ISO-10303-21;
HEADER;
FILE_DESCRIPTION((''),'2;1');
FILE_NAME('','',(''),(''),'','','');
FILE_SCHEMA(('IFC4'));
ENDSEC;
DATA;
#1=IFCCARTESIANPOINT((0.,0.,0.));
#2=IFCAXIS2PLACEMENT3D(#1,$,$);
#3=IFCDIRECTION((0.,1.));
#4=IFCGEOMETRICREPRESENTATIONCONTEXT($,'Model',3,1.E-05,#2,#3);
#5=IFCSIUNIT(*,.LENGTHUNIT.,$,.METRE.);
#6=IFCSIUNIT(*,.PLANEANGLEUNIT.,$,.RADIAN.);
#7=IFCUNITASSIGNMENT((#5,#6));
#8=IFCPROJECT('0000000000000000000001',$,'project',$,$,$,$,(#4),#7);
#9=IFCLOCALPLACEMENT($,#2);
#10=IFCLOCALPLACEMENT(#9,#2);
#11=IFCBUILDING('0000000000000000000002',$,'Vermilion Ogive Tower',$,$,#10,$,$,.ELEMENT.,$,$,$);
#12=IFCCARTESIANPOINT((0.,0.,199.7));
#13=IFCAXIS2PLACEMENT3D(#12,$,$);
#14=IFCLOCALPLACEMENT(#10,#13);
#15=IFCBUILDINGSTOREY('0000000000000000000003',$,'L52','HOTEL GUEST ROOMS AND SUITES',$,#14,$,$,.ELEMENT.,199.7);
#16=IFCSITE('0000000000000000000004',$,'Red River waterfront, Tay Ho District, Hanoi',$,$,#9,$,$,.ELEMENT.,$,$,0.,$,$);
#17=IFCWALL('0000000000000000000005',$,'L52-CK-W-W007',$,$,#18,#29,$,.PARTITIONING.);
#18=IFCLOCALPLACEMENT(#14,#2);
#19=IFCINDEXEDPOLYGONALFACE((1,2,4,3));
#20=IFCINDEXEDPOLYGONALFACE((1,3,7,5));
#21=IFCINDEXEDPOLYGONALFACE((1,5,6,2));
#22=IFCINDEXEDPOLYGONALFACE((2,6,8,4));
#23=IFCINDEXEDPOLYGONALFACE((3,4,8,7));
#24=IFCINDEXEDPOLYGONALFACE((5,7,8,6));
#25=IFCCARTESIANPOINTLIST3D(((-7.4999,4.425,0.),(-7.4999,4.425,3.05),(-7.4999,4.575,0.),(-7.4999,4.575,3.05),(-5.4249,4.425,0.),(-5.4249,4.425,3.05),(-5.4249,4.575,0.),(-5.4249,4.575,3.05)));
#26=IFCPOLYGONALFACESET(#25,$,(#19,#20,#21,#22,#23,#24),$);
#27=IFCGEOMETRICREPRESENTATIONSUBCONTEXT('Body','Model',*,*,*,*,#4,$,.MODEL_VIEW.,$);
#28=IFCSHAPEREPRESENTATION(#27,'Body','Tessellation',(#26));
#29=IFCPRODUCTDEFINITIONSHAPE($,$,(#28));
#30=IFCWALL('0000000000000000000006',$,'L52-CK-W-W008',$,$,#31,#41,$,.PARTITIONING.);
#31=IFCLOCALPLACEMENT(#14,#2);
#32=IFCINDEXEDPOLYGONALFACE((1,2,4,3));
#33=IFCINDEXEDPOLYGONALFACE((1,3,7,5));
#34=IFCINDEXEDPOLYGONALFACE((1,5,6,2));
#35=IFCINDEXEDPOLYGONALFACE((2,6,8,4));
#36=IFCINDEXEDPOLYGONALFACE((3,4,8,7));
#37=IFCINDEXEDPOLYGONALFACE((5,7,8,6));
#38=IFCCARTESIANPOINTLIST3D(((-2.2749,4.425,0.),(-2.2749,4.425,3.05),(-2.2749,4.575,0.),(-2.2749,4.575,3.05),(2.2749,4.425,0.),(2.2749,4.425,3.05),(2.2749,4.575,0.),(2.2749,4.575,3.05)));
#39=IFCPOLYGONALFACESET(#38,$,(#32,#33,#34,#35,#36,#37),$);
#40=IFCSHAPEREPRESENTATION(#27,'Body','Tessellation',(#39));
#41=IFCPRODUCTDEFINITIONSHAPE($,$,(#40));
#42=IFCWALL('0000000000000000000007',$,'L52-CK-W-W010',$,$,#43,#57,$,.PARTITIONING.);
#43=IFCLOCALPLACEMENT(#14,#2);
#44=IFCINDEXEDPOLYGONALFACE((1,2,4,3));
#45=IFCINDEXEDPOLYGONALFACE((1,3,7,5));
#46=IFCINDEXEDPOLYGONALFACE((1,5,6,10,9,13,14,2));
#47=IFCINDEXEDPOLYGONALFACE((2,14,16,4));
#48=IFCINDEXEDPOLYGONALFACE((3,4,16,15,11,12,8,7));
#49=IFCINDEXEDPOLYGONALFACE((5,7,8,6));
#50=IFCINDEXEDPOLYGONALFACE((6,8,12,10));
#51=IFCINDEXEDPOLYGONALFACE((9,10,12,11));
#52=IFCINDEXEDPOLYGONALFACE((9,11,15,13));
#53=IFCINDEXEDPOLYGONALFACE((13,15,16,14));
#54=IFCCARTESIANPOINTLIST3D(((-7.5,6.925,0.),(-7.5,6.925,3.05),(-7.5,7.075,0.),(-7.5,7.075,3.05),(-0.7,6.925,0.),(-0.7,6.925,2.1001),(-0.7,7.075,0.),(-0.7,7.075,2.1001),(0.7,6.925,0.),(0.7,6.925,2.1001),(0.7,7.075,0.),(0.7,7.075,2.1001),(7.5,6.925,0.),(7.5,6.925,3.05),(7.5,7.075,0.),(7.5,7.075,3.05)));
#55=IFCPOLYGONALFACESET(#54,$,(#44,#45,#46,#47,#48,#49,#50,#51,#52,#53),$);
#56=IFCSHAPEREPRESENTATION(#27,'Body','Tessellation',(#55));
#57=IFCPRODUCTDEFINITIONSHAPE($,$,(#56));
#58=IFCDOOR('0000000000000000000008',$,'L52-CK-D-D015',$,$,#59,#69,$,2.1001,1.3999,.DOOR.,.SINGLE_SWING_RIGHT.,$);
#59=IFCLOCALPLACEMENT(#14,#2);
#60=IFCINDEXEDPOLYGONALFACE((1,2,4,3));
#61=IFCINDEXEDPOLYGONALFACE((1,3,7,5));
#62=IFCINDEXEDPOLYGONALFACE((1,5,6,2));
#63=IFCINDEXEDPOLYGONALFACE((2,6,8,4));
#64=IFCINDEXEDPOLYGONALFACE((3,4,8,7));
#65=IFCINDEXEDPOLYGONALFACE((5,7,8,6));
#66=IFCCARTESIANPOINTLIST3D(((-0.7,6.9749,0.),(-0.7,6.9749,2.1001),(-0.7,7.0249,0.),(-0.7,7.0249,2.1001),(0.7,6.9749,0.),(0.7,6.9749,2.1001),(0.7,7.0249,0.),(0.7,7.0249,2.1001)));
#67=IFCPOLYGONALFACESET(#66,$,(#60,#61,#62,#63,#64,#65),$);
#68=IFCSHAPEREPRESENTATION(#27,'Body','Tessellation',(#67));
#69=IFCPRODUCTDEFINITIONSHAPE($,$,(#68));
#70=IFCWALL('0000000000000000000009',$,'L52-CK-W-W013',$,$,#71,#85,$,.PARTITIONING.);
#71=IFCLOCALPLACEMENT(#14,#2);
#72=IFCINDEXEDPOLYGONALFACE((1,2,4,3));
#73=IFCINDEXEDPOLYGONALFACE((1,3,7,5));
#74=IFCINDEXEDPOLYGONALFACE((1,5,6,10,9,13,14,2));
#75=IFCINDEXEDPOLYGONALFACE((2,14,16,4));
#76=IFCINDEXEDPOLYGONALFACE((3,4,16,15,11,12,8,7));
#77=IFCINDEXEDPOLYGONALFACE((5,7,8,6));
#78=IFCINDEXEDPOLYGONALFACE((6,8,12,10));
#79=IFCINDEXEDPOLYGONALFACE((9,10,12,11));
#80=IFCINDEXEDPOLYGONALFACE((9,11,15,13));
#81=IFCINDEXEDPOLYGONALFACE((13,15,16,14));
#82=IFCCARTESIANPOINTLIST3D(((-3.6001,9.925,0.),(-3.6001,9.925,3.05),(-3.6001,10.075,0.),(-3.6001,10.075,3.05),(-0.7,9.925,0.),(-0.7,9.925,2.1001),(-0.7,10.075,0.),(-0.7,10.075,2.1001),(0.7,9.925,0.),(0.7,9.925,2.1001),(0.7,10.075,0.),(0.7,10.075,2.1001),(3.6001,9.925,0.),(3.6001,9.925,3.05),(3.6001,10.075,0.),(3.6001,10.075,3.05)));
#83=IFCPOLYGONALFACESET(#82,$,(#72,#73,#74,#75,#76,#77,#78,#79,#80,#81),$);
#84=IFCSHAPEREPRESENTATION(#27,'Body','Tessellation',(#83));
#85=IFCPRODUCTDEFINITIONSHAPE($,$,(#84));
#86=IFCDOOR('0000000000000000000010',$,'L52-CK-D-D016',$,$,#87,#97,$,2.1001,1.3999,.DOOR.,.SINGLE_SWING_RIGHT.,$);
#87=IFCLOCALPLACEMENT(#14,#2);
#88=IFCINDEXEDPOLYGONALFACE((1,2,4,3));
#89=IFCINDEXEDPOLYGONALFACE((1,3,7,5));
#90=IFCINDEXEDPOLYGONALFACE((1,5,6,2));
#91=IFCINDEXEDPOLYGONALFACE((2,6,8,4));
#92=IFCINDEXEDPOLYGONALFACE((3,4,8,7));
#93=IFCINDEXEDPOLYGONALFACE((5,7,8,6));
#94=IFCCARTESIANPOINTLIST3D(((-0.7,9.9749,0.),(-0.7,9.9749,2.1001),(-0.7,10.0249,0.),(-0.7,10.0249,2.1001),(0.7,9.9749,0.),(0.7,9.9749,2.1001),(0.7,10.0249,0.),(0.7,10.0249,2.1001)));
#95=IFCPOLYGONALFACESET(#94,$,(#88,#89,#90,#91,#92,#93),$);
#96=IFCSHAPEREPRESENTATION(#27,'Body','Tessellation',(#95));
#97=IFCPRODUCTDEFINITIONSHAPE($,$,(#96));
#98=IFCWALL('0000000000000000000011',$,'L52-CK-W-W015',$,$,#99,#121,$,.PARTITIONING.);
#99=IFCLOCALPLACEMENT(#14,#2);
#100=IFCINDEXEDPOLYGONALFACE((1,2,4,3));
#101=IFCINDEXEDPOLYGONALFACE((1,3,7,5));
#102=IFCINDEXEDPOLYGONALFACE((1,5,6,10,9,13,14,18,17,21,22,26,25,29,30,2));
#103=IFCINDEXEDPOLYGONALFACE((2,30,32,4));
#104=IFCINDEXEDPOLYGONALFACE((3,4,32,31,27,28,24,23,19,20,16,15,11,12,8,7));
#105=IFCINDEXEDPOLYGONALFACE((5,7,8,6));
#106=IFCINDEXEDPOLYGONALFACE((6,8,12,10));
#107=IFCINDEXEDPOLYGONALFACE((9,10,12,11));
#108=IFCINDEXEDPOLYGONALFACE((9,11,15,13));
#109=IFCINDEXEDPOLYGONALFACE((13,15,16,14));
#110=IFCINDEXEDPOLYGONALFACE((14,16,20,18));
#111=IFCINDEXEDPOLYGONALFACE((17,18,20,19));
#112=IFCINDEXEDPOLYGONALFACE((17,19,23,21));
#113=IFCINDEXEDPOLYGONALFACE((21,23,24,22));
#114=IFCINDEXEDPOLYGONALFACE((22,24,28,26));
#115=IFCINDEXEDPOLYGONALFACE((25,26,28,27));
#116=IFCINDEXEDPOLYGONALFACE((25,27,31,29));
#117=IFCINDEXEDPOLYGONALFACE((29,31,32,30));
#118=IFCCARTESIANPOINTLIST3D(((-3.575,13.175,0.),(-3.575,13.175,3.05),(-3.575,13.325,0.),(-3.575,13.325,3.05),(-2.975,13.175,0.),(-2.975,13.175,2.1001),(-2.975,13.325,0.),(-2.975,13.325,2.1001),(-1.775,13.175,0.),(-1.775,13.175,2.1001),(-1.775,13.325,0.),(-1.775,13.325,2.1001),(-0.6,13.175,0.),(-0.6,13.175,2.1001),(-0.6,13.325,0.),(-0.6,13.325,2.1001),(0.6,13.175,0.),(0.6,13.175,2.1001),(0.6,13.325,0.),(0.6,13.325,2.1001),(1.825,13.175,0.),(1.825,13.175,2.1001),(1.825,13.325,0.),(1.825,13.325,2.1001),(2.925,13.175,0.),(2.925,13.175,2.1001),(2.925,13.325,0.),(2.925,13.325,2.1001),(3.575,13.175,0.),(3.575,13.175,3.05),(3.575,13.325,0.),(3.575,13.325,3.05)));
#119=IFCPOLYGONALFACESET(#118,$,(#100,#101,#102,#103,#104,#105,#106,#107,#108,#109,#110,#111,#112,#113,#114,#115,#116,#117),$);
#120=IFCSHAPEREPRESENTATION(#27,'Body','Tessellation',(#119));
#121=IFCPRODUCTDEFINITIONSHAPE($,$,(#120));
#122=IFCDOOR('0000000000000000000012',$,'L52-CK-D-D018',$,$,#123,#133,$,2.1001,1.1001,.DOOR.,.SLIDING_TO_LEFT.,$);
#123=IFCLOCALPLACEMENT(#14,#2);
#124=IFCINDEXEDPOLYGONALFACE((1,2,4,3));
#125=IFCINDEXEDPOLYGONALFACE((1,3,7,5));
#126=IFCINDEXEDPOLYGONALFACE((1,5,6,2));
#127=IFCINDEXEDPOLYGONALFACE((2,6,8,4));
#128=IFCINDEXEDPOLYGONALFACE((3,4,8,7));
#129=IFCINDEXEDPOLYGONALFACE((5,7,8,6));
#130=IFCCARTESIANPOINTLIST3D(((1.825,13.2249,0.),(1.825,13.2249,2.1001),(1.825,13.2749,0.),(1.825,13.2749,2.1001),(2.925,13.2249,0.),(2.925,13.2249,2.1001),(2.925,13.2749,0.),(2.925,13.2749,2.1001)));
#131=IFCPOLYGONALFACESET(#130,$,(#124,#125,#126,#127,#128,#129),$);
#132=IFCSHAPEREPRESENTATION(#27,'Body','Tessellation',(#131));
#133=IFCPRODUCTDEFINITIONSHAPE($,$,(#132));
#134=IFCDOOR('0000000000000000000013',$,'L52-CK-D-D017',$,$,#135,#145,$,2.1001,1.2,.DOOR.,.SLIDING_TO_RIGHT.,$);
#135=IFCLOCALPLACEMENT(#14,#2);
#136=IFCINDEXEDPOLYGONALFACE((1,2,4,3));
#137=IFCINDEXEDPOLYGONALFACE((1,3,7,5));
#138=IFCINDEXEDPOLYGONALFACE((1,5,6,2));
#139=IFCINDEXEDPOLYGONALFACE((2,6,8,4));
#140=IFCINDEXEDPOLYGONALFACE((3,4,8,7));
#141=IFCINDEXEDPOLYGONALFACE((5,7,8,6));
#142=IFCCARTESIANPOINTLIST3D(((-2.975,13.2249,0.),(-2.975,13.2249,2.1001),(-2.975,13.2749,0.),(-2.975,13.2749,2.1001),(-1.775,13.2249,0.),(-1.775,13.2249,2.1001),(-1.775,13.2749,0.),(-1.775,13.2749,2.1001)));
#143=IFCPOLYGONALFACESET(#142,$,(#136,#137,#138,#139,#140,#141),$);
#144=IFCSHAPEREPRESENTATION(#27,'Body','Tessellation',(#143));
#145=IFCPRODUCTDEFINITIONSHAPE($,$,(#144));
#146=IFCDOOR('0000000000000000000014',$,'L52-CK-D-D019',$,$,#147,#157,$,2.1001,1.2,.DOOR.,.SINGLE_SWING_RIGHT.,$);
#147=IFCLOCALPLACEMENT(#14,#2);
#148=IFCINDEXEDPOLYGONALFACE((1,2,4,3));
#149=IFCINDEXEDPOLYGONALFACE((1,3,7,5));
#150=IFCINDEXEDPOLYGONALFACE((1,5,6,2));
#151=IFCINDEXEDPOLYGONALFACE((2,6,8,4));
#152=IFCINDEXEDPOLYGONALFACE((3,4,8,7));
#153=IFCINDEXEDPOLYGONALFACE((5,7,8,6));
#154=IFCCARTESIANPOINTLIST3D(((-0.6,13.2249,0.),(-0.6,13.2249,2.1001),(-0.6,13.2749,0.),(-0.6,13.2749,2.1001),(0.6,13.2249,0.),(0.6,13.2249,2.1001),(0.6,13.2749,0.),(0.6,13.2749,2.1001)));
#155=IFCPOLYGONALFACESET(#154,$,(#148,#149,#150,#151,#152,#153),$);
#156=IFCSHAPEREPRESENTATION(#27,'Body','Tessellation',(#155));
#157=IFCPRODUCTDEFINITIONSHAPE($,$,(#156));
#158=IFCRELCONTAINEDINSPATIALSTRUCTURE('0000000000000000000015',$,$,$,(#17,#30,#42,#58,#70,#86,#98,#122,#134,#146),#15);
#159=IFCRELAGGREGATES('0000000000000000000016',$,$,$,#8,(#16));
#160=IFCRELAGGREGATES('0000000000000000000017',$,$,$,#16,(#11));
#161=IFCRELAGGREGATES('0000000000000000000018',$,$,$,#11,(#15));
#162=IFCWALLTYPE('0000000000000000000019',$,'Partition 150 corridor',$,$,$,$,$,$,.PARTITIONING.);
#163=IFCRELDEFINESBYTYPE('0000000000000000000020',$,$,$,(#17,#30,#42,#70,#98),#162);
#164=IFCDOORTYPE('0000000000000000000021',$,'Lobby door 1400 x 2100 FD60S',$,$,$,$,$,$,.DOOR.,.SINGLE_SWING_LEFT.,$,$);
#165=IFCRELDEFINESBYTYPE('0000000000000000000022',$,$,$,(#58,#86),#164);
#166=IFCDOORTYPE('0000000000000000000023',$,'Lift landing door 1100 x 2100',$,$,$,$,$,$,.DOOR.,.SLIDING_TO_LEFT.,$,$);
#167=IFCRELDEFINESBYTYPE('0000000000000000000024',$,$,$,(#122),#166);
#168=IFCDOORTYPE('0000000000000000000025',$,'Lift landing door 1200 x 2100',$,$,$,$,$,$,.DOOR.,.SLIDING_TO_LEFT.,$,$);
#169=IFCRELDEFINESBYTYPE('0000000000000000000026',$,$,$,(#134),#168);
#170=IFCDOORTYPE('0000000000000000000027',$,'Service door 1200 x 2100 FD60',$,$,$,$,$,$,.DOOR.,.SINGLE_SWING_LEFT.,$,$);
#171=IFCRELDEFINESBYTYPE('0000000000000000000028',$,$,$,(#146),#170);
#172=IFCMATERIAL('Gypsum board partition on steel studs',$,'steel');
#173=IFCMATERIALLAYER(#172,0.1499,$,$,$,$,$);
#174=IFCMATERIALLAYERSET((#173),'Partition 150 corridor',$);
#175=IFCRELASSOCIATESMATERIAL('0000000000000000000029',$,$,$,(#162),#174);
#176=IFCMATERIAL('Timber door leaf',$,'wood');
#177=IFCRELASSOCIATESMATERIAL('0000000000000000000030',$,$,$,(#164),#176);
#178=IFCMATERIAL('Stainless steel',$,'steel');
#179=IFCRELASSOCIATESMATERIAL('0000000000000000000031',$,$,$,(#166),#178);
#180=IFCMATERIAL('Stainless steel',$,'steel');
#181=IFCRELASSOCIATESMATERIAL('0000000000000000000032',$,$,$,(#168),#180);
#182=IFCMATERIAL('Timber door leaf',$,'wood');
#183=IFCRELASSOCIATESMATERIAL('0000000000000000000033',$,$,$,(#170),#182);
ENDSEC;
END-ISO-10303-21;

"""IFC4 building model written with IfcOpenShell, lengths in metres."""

from ifc_helpers import new_model, si_unit, direction, frame, frame_2d, origin, place, context, subcontext, project, spatial, rectangle, extrude, material, layer, layer_set, type_object, element, fill, save


model = new_model("IFC4")

# Units and contexts
model_context = context("Model", 3, precision=1e-05, world=origin(), true_north=direction((0.0, 1.0)))
body_context = subcontext(model_context, "Body", "Model", "MODEL_VIEW")
ifc_project = project(units=[si_unit("LENGTHUNIT", "METRE"), si_unit("PLANEANGLEUNIT", "RADIAN")], contexts=[model_context])

# Site, building, storey
site_placement = place(None, origin())
site = spatial("IfcSite", under=ifc_project, at=site_placement, Name="Red River waterfront, Tay Ho District, Hanoi", CompositionType="ELEMENT", RefElevation=0.0)
building_placement = place(site_placement, origin())
building = spatial("IfcBuilding", under=site, at=building_placement, Name="Vermilion Ogive Tower", CompositionType="ELEMENT")
storey_placement = place(building_placement, frame((0.0, 0.0, 199.7)))
storey = spatial("IfcBuildingStorey", under=building, at=storey_placement, Name="L52", Description="HOTEL GUEST ROOMS AND SUITES", CompositionType="ELEMENT", Elevation=199.7)

# Walls
ifc_material_1 = material(Name="Gypsum board partition on steel studs", Category="steel")
ifc_layer_1 = layer(ifc_material_1, 0.1499)
ifc_layer_set_1 = layer_set([ifc_layer_1], Name="Partition 150 corridor")
wall_type_1 = type_object("IfcWallType", Name="Partition 150 corridor", PredefinedType="PARTITIONING", material=ifc_layer_set_1)
wall_1_placement = place(storey_placement, frame((-7.5, 4.5, 0.0), z_axis=(0.0, 0.0, 1.0), x_axis=(1.0, 0.0, 0.0)))
element("IfcWall", 1, at=wall_1_placement, inside=storey, type_object=wall_type_1, Name="L52-CK-W-W007", PredefinedType="PARTITIONING", context=body_context, shape_type="SweptSolid", body=[
    extrude(rectangle(XDim=2.075, YDim=0.1499, at=frame_2d((1.0376, 0.0))), origin(), (0.0, 0.0, 1.0), 3.05),
])
wall_2_placement = place(storey_placement, frame((-2.2749, 4.5, 0.0), z_axis=(0.0, 0.0, 1.0), x_axis=(1.0, 0.0, 0.0)))
element("IfcWall", 2, at=wall_2_placement, inside=storey, type_object=wall_type_1, Name="L52-CK-W-W008", PredefinedType="PARTITIONING", context=body_context, shape_type="SweptSolid", body=[
    extrude(rectangle(XDim=4.5498, YDim=0.1499, at=frame_2d((2.2749, 0.0))), origin(), (0.0, 0.0, 1.0), 3.05),
])

# Walls, openings, doors
wall_3_placement = place(storey_placement, frame((-7.5, 7.0, 0.0), z_axis=(0.0, 0.0, 1.0), x_axis=(1.0, 0.0, 0.0)))
wall_3 = element("IfcWall", 3, at=wall_3_placement, inside=storey, type_object=wall_type_1, Name="L52-CK-W-W010", PredefinedType="PARTITIONING", context=body_context, shape_type="SweptSolid", body=[
    extrude(rectangle(XDim=15.0, YDim=0.1499, at=frame_2d((7.5, 0.0))), origin(), (0.0, 0.0, 1.0), 3.05),
])
opening_1_placement = place(wall_3_placement, frame((6.8, 0.0, 0.0)))
opening_1 = element("IfcOpeningElement", 4, at=opening_1_placement, cuts=wall_3, PredefinedType="OPENING", context=body_context, shape_type="SweptSolid", body=[
    extrude(rectangle(XDim=1.3999, YDim=2.1001, at=frame_2d((0.7, 1.05))), frame((0.0, 0.085, 0.0), z_axis=(0.0, -1.0, 0.0), x_axis=(1.0, 0.0, 0.0)), (0.0, 0.0, 1.0), 0.1699),
])
ifc_material_2 = material(Name="Timber door leaf", Category="wood")
door_type_1 = type_object("IfcDoorType", Name="Lobby door 1400 x 2100 FD60S", OperationType="SINGLE_SWING_LEFT", PredefinedType="DOOR", material=ifc_material_2)
door_1_placement = place(opening_1_placement, origin())
door_1 = element("IfcDoor", 5, at=door_1_placement, inside=storey, type_object=door_type_1, Name="L52-CK-D-D015", OperationType="SINGLE_SWING_RIGHT", OverallHeight=2.1001, OverallWidth=1.3999, PredefinedType="DOOR", context=body_context, shape_type="SweptSolid", body=[
    extrude(rectangle(XDim=1.3999, YDim=2.1001, at=frame_2d((0.7, 1.05))), frame((0.0, 0.0249, 0.0), z_axis=(0.0, -1.0, 0.0), x_axis=(1.0, 0.0, 0.0)), (0.0, 0.0, 1.0), 0.05),
])
fill(opening_1, door_1)
wall_4_placement = place(storey_placement, frame((-3.6001, 10.0, 0.0), z_axis=(0.0, 0.0, 1.0), x_axis=(1.0, 0.0, 0.0)))
wall_4 = element("IfcWall", 6, at=wall_4_placement, inside=storey, type_object=wall_type_1, Name="L52-CK-W-W013", PredefinedType="PARTITIONING", context=body_context, shape_type="SweptSolid", body=[
    extrude(rectangle(XDim=7.2002, YDim=0.1499, at=frame_2d((3.6001, 0.0))), origin(), (0.0, 0.0, 1.0), 3.05),
])
opening_2_placement = place(wall_4_placement, frame((2.9001, 0.0, 0.0)))
opening_2 = element("IfcOpeningElement", 7, at=opening_2_placement, cuts=wall_4, PredefinedType="OPENING", context=body_context, shape_type="SweptSolid", body=[
    extrude(rectangle(XDim=1.3999, YDim=2.1001, at=frame_2d((0.7, 1.05))), frame((0.0, 0.085, 0.0), z_axis=(0.0, -1.0, 0.0), x_axis=(1.0, 0.0, 0.0)), (0.0, 0.0, 1.0), 0.1699),
])
door_2_placement = place(opening_2_placement, origin())
door_2 = element("IfcDoor", 8, at=door_2_placement, inside=storey, type_object=door_type_1, Name="L52-CK-D-D016", OperationType="SINGLE_SWING_RIGHT", OverallHeight=2.1001, OverallWidth=1.3999, PredefinedType="DOOR", context=body_context, shape_type="SweptSolid", body=[
    extrude(rectangle(XDim=1.3999, YDim=2.1001, at=frame_2d((0.7, 1.05))), frame((0.0, 0.0249, 0.0), z_axis=(0.0, -1.0, 0.0), x_axis=(1.0, 0.0, 0.0)), (0.0, 0.0, 1.0), 0.05),
])
fill(opening_2, door_2)

# Wall, openings, doors
wall_5_placement = place(storey_placement, frame((-3.575, 13.25, 0.0), z_axis=(0.0, 0.0, 1.0), x_axis=(1.0, 0.0, 0.0)))
wall_5 = element("IfcWall", 9, at=wall_5_placement, inside=storey, type_object=wall_type_1, Name="L52-CK-W-W015", PredefinedType="PARTITIONING", context=body_context, shape_type="SweptSolid", body=[
    extrude(rectangle(XDim=7.1499, YDim=0.1499, at=frame_2d((3.575, 0.0))), origin(), (0.0, 0.0, 1.0), 3.05),
])
opening_3_placement = place(wall_5_placement, frame((0.5999, 0.0, 0.0)))
opening_3 = element("IfcOpeningElement", 10, at=opening_3_placement, cuts=wall_5, PredefinedType="OPENING", context=body_context, shape_type="SweptSolid", body=[
    extrude(rectangle(XDim=1.2, YDim=2.1001, at=frame_2d((0.6001, 1.05))), frame((0.0, 0.085, 0.0), z_axis=(0.0, -1.0, 0.0), x_axis=(1.0, 0.0, 0.0)), (0.0, 0.0, 1.0), 0.1699),
])
opening_4_placement = place(wall_5_placement, frame((5.3999, 0.0, 0.0)))
opening_4 = element("IfcOpeningElement", 11, at=opening_4_placement, cuts=wall_5, PredefinedType="OPENING", context=body_context, shape_type="SweptSolid", body=[
    extrude(rectangle(XDim=1.1001, YDim=2.1001, at=frame_2d((0.55, 1.05))), frame((0.0, 0.085, 0.0), z_axis=(0.0, -1.0, 0.0), x_axis=(1.0, 0.0, 0.0)), (0.0, 0.0, 1.0), 0.1699),
])
opening_5_placement = place(wall_5_placement, frame((2.9749, 0.0, 0.0)))
opening_5 = element("IfcOpeningElement", 12, at=opening_5_placement, cuts=wall_5, PredefinedType="OPENING", context=body_context, shape_type="SweptSolid", body=[
    extrude(rectangle(XDim=1.2, YDim=2.1001, at=frame_2d((0.6001, 1.05))), frame((0.0, 0.085, 0.0), z_axis=(0.0, -1.0, 0.0), x_axis=(1.0, 0.0, 0.0)), (0.0, 0.0, 1.0), 0.1699),
])
ifc_material_3 = material(Name="Stainless steel", Category="steel")
door_type_2 = type_object("IfcDoorType", Name="Lift landing door 1100 x 2100", OperationType="SLIDING_TO_LEFT", PredefinedType="DOOR", material=ifc_material_3)
door_3_placement = place(opening_4_placement, origin())
door_3 = element("IfcDoor", 13, at=door_3_placement, inside=storey, type_object=door_type_2, Name="L52-CK-D-D018", OperationType="SLIDING_TO_LEFT", OverallHeight=2.1001, OverallWidth=1.1001, PredefinedType="DOOR", context=body_context, shape_type="SweptSolid", body=[
    extrude(rectangle(XDim=1.1001, YDim=2.1001, at=frame_2d((0.55, 1.05))), frame((0.0, 0.0249, 0.0), z_axis=(0.0, -1.0, 0.0), x_axis=(1.0, 0.0, 0.0)), (0.0, 0.0, 1.0), 0.05),
])
fill(opening_4, door_3)
ifc_material_4 = material(Name="Stainless steel", Category="steel")
door_type_3 = type_object("IfcDoorType", Name="Lift landing door 1200 x 2100", OperationType="SLIDING_TO_LEFT", PredefinedType="DOOR", material=ifc_material_4)
door_4_placement = place(opening_3_placement, origin())
door_4 = element("IfcDoor", 14, at=door_4_placement, inside=storey, type_object=door_type_3, Name="L52-CK-D-D017", OperationType="SLIDING_TO_RIGHT", OverallHeight=2.1001, OverallWidth=1.2, PredefinedType="DOOR", context=body_context, shape_type="SweptSolid", body=[
    extrude(rectangle(XDim=1.2, YDim=2.1001, at=frame_2d((0.6001, 1.05))), frame((0.0, 0.0249, 0.0), z_axis=(0.0, -1.0, 0.0), x_axis=(1.0, 0.0, 0.0)), (0.0, 0.0, 1.0), 0.05),
])
fill(opening_3, door_4)
ifc_material_5 = material(Name="Timber door leaf", Category="wood")
door_type_4 = type_object("IfcDoorType", Name="Service door 1200 x 2100 FD60", OperationType="SINGLE_SWING_LEFT", PredefinedType="DOOR", material=ifc_material_5)
door_5_placement = place(opening_5_placement, origin())
door_5 = element("IfcDoor", 15, at=door_5_placement, inside=storey, type_object=door_type_4, Name="L52-CK-D-D019", OperationType="SINGLE_SWING_RIGHT", OverallHeight=2.1001, OverallWidth=1.2, PredefinedType="DOOR", context=body_context, shape_type="SweptSolid", body=[
    extrude(rectangle(XDim=1.2, YDim=2.1001, at=frame_2d((0.6001, 1.05))), frame((0.0, 0.0249, 0.0), z_axis=(0.0, -1.0, 0.0), x_axis=(1.0, 0.0, 0.0)), (0.0, 0.0, 1.0), 0.05),
])
fill(opening_5, door_5)

save(model, "model.ifc")
